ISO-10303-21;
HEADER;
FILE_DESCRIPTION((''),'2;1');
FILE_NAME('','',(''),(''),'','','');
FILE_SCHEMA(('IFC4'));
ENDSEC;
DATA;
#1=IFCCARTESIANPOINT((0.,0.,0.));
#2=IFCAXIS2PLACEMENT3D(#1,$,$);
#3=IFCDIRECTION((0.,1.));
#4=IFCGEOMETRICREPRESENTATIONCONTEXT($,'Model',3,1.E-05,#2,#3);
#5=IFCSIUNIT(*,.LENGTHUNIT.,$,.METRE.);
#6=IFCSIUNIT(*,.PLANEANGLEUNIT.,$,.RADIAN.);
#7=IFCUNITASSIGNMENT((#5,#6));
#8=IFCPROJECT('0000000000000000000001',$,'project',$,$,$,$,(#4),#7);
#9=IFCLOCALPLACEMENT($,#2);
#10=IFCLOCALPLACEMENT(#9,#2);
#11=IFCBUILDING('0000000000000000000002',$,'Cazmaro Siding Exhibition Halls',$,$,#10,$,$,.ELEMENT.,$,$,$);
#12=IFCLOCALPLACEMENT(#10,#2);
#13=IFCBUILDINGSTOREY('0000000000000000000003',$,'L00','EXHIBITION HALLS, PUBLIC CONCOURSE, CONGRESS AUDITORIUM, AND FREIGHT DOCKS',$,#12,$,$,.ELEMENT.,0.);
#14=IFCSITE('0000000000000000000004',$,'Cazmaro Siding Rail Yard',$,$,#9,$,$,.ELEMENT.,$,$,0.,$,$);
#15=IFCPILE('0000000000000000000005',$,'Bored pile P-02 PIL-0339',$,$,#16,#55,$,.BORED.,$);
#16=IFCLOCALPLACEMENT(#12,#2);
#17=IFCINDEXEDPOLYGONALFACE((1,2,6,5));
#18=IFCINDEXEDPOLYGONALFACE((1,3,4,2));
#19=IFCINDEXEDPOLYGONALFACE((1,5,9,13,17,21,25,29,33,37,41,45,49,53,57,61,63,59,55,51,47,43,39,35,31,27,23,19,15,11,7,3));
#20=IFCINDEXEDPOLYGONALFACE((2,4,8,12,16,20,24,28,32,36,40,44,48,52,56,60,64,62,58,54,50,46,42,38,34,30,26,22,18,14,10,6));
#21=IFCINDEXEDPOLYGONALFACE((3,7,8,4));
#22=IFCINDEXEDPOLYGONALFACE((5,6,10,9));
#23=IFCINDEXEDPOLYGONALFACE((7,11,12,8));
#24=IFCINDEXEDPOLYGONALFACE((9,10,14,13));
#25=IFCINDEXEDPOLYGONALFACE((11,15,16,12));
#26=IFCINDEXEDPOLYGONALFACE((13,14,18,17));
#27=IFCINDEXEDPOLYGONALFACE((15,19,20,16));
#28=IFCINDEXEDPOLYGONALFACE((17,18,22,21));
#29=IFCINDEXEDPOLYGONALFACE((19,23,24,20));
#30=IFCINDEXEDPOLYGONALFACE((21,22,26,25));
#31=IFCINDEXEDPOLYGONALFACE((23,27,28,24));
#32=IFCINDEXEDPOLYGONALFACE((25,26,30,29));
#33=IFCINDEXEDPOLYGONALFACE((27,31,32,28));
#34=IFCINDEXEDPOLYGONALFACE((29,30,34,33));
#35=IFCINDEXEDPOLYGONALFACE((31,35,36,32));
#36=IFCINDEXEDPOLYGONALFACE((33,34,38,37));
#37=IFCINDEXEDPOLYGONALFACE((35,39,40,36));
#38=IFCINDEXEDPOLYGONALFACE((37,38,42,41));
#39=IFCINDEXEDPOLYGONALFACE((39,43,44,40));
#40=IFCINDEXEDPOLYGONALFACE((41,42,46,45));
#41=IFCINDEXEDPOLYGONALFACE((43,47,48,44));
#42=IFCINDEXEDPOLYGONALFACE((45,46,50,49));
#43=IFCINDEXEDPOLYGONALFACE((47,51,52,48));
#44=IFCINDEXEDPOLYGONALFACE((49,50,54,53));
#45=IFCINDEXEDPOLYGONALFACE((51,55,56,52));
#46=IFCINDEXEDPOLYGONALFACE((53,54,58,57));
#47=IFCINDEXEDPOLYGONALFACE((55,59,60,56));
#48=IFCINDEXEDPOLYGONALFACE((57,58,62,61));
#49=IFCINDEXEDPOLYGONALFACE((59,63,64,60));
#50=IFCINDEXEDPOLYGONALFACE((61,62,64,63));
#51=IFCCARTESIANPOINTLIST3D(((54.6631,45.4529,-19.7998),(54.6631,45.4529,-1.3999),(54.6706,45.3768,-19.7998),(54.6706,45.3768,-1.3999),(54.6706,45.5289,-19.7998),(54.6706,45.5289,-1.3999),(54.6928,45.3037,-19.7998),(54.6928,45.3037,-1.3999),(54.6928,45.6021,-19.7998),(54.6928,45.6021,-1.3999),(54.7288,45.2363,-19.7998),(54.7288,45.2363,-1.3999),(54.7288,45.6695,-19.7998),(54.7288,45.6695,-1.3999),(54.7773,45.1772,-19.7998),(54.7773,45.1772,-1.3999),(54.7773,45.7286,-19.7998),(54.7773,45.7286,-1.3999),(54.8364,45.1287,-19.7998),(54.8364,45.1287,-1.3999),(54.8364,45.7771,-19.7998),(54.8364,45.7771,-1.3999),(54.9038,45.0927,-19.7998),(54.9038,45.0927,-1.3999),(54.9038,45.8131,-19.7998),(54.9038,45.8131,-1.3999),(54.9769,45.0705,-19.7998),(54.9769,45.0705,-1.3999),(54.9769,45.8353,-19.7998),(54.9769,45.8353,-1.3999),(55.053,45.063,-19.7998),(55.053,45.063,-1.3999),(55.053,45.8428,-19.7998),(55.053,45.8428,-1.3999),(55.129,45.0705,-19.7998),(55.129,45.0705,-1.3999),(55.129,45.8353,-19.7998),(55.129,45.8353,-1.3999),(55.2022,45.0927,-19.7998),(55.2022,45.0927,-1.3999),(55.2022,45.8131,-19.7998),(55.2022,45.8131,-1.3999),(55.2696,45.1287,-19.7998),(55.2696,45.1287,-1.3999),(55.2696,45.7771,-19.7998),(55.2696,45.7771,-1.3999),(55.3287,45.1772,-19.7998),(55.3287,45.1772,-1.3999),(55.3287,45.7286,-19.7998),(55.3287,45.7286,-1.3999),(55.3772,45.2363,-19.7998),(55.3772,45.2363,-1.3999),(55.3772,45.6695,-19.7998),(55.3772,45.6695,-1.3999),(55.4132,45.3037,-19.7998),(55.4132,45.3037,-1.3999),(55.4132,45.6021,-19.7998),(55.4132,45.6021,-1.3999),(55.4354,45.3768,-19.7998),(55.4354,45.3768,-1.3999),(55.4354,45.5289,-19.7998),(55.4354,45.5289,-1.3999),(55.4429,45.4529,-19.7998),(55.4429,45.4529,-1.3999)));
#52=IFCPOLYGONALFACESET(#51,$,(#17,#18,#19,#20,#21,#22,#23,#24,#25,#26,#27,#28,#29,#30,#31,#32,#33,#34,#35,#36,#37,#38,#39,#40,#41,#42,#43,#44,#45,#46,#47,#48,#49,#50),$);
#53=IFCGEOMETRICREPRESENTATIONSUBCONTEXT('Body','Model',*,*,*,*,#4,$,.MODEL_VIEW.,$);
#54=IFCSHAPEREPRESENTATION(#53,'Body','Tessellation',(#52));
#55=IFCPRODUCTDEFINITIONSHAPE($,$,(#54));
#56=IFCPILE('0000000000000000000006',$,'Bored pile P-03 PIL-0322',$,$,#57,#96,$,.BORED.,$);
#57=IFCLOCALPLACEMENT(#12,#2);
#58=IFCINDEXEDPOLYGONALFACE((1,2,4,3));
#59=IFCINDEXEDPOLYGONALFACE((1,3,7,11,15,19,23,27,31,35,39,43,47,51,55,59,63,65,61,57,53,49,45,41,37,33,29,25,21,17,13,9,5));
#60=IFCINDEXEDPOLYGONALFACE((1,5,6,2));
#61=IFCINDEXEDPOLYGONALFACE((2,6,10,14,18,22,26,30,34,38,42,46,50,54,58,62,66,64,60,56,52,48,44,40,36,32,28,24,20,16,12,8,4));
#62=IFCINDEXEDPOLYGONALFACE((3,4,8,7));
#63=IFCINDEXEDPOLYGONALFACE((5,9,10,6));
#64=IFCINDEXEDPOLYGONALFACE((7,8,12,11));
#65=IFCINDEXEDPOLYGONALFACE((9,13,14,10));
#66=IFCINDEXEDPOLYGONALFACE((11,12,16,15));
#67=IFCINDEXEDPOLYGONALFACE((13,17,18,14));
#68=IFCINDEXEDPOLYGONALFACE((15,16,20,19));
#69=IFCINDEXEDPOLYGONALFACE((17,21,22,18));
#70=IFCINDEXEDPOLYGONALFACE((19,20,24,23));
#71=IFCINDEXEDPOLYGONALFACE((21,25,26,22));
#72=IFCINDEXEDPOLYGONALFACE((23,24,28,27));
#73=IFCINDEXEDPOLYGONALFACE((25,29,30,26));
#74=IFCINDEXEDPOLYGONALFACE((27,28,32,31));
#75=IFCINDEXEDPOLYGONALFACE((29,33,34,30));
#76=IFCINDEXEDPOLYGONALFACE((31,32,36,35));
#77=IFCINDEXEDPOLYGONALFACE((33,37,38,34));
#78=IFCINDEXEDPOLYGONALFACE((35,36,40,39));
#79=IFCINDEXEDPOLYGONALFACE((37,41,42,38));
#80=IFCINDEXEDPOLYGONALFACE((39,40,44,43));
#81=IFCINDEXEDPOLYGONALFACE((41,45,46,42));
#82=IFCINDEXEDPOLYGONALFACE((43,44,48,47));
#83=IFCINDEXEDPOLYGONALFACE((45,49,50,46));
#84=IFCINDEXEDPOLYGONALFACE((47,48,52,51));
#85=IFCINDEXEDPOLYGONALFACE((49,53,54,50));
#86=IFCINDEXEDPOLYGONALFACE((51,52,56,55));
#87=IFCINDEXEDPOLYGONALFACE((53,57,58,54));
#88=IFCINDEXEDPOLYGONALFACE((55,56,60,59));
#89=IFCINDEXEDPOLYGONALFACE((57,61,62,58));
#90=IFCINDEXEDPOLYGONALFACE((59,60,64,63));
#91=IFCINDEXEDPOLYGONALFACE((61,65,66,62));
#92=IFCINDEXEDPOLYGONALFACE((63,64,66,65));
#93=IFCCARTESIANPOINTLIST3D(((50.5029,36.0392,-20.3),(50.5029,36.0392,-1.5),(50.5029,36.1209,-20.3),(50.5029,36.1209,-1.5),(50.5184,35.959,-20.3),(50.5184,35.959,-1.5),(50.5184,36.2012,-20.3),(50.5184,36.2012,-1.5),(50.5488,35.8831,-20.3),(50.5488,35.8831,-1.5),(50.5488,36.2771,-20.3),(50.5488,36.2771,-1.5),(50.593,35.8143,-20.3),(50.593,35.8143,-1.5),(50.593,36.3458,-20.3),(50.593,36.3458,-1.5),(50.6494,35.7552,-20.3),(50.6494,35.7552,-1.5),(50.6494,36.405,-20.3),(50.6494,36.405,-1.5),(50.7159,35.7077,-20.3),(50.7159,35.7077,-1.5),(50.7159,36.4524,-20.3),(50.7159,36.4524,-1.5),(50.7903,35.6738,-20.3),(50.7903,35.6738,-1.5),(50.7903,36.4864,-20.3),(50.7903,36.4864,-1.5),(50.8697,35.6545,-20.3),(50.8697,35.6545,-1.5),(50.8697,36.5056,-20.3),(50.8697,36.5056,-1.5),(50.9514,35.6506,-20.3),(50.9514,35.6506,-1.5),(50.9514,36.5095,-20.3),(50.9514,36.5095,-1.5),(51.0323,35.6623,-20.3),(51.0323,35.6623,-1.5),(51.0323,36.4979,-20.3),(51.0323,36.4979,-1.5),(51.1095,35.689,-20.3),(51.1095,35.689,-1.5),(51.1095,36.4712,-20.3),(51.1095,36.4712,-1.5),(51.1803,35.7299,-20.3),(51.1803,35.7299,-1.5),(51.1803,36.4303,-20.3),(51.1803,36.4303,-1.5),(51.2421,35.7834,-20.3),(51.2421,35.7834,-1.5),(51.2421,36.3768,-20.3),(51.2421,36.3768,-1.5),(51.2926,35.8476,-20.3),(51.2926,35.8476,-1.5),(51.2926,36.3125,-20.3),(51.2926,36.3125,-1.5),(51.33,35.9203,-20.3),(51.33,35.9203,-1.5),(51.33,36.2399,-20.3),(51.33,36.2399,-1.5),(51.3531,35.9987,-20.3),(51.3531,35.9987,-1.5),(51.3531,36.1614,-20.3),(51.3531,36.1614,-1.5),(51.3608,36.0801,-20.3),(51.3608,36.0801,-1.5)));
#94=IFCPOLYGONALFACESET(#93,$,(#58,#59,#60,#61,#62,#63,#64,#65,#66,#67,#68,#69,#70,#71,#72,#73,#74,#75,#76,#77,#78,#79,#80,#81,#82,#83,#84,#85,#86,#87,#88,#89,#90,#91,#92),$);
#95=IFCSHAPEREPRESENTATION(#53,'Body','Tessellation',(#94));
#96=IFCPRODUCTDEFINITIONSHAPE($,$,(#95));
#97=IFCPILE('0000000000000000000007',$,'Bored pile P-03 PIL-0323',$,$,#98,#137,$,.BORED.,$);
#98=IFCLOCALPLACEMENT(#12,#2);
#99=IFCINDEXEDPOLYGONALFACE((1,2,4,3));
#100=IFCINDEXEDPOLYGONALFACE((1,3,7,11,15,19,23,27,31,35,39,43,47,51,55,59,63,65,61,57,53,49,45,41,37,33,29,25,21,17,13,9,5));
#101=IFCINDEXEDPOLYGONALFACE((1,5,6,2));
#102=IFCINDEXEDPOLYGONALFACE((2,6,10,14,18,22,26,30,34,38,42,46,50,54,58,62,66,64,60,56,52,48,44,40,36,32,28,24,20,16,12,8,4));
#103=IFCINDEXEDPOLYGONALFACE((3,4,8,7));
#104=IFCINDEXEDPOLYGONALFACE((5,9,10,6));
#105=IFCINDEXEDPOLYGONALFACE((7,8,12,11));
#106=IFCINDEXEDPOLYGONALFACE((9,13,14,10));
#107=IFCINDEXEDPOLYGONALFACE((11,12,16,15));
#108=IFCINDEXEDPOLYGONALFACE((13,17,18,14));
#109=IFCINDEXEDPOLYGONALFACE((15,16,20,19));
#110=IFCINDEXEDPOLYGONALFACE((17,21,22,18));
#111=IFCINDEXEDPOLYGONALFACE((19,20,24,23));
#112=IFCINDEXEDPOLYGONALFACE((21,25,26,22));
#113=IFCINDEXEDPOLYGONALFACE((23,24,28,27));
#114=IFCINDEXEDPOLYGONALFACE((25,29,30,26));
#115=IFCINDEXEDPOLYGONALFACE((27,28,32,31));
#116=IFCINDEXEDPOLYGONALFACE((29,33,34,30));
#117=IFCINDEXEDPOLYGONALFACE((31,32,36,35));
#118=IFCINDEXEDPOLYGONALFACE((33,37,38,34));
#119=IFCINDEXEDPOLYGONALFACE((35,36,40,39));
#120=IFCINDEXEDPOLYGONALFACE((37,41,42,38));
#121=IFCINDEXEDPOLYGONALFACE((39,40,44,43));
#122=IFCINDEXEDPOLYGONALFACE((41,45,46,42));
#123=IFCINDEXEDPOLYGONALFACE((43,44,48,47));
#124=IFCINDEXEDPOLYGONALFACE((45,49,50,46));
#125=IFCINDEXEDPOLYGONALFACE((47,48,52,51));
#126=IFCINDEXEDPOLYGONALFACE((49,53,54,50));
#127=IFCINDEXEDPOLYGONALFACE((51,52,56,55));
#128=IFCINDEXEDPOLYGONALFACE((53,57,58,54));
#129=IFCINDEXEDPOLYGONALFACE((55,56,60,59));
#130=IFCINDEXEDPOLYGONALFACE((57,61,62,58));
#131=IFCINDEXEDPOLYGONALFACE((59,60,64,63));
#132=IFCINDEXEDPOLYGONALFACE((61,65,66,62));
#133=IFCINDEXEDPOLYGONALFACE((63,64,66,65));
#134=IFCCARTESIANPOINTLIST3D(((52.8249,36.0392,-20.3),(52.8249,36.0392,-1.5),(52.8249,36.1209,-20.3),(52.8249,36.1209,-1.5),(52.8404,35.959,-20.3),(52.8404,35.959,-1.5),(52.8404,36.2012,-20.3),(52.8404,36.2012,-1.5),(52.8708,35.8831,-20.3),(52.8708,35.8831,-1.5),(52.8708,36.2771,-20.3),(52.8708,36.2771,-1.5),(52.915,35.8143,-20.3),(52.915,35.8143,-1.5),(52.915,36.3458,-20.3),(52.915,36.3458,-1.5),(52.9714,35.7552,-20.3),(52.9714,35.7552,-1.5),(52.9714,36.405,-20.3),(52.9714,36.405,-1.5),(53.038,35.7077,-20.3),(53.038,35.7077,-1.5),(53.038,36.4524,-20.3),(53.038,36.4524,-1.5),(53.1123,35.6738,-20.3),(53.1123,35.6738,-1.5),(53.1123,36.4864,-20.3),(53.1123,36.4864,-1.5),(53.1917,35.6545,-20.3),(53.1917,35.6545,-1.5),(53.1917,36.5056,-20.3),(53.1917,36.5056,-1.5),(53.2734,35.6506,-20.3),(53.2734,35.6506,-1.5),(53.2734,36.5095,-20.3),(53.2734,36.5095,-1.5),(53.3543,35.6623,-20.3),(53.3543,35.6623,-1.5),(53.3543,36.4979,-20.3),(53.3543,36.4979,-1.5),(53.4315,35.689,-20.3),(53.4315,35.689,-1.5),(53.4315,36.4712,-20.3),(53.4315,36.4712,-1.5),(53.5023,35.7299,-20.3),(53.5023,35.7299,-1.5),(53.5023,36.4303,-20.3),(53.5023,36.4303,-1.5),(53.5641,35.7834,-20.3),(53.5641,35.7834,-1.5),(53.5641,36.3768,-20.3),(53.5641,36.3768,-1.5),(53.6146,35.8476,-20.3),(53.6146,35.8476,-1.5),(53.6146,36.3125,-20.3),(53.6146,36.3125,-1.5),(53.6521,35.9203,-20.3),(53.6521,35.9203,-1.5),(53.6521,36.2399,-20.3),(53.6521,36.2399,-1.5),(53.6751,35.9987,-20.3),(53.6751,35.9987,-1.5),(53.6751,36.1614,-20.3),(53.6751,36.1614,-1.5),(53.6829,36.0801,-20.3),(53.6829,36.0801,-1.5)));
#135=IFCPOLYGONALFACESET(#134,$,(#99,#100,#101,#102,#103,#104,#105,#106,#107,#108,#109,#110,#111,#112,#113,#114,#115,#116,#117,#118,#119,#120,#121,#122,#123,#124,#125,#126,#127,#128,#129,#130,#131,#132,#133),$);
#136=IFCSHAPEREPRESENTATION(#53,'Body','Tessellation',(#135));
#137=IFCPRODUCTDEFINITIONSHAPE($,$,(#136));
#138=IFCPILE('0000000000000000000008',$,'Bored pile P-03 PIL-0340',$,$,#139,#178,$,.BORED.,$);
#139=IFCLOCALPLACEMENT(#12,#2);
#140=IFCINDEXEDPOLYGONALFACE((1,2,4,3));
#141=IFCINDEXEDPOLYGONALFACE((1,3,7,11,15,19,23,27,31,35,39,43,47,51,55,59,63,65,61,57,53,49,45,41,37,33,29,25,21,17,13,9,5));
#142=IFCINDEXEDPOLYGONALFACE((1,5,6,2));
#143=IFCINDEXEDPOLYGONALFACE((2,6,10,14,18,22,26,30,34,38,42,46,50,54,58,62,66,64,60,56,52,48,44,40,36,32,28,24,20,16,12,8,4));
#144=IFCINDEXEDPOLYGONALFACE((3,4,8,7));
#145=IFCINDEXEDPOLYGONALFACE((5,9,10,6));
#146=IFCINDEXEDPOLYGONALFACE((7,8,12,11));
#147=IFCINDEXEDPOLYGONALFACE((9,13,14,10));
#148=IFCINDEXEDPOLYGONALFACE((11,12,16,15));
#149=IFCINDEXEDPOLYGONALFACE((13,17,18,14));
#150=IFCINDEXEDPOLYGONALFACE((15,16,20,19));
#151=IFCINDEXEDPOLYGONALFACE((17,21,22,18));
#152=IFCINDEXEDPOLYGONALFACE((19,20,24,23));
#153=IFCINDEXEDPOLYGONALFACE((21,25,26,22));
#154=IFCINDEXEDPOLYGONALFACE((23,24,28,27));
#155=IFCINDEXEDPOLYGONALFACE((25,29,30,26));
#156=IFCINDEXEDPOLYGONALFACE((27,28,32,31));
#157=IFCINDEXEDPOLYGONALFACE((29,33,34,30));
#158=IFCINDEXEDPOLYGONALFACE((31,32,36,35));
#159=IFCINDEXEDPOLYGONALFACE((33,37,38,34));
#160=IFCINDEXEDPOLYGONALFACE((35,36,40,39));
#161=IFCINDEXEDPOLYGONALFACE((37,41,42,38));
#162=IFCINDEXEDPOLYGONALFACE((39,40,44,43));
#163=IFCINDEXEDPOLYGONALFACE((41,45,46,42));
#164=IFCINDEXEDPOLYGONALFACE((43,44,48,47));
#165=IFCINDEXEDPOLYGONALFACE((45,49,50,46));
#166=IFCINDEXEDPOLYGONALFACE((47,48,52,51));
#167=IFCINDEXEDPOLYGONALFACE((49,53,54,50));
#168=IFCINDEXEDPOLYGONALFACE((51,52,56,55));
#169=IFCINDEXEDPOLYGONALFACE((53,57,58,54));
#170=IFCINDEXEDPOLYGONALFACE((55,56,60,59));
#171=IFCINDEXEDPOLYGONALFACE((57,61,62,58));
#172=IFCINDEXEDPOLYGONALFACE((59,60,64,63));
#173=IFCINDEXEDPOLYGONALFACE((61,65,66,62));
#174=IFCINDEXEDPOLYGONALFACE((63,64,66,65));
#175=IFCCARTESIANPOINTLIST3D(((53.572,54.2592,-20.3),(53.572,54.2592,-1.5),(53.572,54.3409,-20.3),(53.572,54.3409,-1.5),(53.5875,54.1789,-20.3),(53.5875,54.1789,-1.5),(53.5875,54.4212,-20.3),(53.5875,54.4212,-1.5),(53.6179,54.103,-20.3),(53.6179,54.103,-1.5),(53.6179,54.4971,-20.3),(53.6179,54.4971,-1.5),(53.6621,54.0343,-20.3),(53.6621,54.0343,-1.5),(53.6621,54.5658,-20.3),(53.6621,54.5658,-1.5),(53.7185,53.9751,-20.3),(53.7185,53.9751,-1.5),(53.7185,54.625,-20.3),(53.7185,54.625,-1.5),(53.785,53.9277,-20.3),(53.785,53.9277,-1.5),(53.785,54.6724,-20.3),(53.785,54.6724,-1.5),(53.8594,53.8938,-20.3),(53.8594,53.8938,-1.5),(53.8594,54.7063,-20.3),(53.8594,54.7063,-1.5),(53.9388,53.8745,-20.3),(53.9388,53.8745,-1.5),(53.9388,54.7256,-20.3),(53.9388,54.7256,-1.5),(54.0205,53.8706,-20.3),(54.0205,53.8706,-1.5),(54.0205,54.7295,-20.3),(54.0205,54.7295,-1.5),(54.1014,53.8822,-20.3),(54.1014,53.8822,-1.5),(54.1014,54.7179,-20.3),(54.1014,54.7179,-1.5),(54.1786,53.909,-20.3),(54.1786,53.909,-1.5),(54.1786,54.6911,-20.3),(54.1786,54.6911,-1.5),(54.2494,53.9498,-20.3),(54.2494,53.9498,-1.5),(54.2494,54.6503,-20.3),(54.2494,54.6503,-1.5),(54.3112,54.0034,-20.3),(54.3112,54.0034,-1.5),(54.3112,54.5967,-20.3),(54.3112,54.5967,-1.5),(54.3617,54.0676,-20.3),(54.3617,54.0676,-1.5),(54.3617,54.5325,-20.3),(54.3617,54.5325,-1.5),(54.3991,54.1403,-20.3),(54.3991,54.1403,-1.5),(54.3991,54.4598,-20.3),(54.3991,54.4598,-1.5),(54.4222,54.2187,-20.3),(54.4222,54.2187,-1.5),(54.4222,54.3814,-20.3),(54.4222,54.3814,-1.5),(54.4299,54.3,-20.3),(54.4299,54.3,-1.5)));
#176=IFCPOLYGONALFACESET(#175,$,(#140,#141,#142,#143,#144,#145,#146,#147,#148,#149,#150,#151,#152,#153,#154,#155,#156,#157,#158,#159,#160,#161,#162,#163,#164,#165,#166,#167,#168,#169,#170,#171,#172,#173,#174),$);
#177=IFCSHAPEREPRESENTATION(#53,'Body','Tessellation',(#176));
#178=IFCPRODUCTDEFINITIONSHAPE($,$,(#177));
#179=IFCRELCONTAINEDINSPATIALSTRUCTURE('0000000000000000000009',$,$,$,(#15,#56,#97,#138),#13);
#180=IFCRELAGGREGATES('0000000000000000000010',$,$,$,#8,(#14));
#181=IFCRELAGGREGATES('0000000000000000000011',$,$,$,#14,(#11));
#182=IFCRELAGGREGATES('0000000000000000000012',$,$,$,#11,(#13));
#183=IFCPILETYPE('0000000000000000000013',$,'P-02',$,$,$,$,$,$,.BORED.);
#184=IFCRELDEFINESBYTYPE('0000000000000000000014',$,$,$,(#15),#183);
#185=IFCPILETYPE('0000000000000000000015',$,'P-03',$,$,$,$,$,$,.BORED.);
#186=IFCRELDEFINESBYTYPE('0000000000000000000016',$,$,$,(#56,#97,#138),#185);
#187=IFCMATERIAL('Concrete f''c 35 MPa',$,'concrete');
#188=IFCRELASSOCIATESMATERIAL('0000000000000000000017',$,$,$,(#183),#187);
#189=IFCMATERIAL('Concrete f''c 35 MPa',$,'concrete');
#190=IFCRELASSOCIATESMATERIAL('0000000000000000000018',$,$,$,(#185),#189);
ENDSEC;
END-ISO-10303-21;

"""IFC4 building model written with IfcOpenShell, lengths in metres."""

from ifc_helpers import new_model, si_unit, direction, frame, origin, origin_2d, place, context, subcontext, project, spatial, circle, extrude, material, material_profile, profile_set, type_object, element, save


model = new_model("IFC4")

# Units and contexts
model_context = context("Model", 3, precision=1e-05, world=origin(), true_north=direction((0.0, 1.0)))
body_context = subcontext(model_context, "Body", "Model", "MODEL_VIEW")
ifc_project = project(units=[si_unit("LENGTHUNIT", "METRE"), si_unit("PLANEANGLEUNIT", "RADIAN")], contexts=[model_context])

# Site, building, storey
site_placement = place(None, origin())
site = spatial("IfcSite", under=ifc_project, at=site_placement, Name="Cazmaro Siding Rail Yard", CompositionType="ELEMENT", RefElevation=0.0)
building_placement = place(site_placement, origin())
building = spatial("IfcBuilding", under=site, at=building_placement, Name="Cazmaro Siding Exhibition Halls", CompositionType="ELEMENT")
storey_placement = place(building_placement, origin())
storey = spatial("IfcBuildingStorey", under=building, at=storey_placement, Name="L00", Description="EXHIBITION HALLS, PUBLIC CONCOURSE, CONGRESS AUDITORIUM, AND FREIGHT DOCKS", CompositionType="ELEMENT", Elevation=0.0)

# Piles
ifc_material_1 = material(Name="Concrete f'c 35 MPa", Category="concrete")
ifc_material_profile_1 = material_profile(ifc_material_1, circle(Radius=0.3899, at=origin_2d()), Name="CIDH-780")
ifc_profile_set_1 = profile_set([ifc_material_profile_1], Name="Concrete f'c 35 MPa")
pile_type_1 = type_object("IfcPileType", Name="P-02", PredefinedType="BORED", material=ifc_profile_set_1)
for number, where, z_axis, x_axis, name in (
    (1, (55.053, 45.4529, -1.3999), (0.0, 0.0, -1.0), (1.0, 0.0, 0.0), "Bored pile P-02 PIL-0339"),
):
    element("IfcPile", number, at=place(storey_placement, frame(where, z_axis=z_axis, x_axis=x_axis)), inside=storey, type_object=pile_type_1, Name=name, PredefinedType="BORED", context=body_context, shape_type="SweptSolid", body=[
        extrude(circle(Radius=0.3899, at=origin_2d()), origin(), (0.0, 0.0, 1.0), 18.3999),
    ])
ifc_material_2 = material(Name="Concrete f'c 35 MPa", Category="concrete")
ifc_material_profile_2 = material_profile(ifc_material_2, circle(Radius=0.4299, at=origin_2d()), Name="CIDH-860")
ifc_profile_set_2 = profile_set([ifc_material_profile_2], Name="Concrete f'c 35 MPa")
pile_type_2 = type_object("IfcPileType", Name="P-03", PredefinedType="BORED", material=ifc_profile_set_2)
for number, where, z_axis, x_axis, name in (
    (2, (50.9309, 36.0801, -1.5), (0.0, 0.0, -1.0), (1.0, 0.0, 0.0), "Bored pile P-03 PIL-0322"),
    (3, (53.2529, 36.0801, -1.5), (0.0, 0.0, -1.0), (1.0, 0.0, 0.0), "Bored pile P-03 PIL-0323"),
    (4, (54.0, 54.3, -1.5), (0.0, 0.0, -1.0), (1.0, 0.0, 0.0), "Bored pile P-03 PIL-0340"),
):
    element("IfcPile", number, at=place(storey_placement, frame(where, z_axis=z_axis, x_axis=x_axis)), inside=storey, type_object=pile_type_2, Name=name, PredefinedType="BORED", context=body_context, shape_type="SweptSolid", body=[
        extrude(circle(Radius=0.4299, at=origin_2d()), origin(), (0.0, 0.0, 1.0), 18.8),
    ])

save(model, "model.ifc")
